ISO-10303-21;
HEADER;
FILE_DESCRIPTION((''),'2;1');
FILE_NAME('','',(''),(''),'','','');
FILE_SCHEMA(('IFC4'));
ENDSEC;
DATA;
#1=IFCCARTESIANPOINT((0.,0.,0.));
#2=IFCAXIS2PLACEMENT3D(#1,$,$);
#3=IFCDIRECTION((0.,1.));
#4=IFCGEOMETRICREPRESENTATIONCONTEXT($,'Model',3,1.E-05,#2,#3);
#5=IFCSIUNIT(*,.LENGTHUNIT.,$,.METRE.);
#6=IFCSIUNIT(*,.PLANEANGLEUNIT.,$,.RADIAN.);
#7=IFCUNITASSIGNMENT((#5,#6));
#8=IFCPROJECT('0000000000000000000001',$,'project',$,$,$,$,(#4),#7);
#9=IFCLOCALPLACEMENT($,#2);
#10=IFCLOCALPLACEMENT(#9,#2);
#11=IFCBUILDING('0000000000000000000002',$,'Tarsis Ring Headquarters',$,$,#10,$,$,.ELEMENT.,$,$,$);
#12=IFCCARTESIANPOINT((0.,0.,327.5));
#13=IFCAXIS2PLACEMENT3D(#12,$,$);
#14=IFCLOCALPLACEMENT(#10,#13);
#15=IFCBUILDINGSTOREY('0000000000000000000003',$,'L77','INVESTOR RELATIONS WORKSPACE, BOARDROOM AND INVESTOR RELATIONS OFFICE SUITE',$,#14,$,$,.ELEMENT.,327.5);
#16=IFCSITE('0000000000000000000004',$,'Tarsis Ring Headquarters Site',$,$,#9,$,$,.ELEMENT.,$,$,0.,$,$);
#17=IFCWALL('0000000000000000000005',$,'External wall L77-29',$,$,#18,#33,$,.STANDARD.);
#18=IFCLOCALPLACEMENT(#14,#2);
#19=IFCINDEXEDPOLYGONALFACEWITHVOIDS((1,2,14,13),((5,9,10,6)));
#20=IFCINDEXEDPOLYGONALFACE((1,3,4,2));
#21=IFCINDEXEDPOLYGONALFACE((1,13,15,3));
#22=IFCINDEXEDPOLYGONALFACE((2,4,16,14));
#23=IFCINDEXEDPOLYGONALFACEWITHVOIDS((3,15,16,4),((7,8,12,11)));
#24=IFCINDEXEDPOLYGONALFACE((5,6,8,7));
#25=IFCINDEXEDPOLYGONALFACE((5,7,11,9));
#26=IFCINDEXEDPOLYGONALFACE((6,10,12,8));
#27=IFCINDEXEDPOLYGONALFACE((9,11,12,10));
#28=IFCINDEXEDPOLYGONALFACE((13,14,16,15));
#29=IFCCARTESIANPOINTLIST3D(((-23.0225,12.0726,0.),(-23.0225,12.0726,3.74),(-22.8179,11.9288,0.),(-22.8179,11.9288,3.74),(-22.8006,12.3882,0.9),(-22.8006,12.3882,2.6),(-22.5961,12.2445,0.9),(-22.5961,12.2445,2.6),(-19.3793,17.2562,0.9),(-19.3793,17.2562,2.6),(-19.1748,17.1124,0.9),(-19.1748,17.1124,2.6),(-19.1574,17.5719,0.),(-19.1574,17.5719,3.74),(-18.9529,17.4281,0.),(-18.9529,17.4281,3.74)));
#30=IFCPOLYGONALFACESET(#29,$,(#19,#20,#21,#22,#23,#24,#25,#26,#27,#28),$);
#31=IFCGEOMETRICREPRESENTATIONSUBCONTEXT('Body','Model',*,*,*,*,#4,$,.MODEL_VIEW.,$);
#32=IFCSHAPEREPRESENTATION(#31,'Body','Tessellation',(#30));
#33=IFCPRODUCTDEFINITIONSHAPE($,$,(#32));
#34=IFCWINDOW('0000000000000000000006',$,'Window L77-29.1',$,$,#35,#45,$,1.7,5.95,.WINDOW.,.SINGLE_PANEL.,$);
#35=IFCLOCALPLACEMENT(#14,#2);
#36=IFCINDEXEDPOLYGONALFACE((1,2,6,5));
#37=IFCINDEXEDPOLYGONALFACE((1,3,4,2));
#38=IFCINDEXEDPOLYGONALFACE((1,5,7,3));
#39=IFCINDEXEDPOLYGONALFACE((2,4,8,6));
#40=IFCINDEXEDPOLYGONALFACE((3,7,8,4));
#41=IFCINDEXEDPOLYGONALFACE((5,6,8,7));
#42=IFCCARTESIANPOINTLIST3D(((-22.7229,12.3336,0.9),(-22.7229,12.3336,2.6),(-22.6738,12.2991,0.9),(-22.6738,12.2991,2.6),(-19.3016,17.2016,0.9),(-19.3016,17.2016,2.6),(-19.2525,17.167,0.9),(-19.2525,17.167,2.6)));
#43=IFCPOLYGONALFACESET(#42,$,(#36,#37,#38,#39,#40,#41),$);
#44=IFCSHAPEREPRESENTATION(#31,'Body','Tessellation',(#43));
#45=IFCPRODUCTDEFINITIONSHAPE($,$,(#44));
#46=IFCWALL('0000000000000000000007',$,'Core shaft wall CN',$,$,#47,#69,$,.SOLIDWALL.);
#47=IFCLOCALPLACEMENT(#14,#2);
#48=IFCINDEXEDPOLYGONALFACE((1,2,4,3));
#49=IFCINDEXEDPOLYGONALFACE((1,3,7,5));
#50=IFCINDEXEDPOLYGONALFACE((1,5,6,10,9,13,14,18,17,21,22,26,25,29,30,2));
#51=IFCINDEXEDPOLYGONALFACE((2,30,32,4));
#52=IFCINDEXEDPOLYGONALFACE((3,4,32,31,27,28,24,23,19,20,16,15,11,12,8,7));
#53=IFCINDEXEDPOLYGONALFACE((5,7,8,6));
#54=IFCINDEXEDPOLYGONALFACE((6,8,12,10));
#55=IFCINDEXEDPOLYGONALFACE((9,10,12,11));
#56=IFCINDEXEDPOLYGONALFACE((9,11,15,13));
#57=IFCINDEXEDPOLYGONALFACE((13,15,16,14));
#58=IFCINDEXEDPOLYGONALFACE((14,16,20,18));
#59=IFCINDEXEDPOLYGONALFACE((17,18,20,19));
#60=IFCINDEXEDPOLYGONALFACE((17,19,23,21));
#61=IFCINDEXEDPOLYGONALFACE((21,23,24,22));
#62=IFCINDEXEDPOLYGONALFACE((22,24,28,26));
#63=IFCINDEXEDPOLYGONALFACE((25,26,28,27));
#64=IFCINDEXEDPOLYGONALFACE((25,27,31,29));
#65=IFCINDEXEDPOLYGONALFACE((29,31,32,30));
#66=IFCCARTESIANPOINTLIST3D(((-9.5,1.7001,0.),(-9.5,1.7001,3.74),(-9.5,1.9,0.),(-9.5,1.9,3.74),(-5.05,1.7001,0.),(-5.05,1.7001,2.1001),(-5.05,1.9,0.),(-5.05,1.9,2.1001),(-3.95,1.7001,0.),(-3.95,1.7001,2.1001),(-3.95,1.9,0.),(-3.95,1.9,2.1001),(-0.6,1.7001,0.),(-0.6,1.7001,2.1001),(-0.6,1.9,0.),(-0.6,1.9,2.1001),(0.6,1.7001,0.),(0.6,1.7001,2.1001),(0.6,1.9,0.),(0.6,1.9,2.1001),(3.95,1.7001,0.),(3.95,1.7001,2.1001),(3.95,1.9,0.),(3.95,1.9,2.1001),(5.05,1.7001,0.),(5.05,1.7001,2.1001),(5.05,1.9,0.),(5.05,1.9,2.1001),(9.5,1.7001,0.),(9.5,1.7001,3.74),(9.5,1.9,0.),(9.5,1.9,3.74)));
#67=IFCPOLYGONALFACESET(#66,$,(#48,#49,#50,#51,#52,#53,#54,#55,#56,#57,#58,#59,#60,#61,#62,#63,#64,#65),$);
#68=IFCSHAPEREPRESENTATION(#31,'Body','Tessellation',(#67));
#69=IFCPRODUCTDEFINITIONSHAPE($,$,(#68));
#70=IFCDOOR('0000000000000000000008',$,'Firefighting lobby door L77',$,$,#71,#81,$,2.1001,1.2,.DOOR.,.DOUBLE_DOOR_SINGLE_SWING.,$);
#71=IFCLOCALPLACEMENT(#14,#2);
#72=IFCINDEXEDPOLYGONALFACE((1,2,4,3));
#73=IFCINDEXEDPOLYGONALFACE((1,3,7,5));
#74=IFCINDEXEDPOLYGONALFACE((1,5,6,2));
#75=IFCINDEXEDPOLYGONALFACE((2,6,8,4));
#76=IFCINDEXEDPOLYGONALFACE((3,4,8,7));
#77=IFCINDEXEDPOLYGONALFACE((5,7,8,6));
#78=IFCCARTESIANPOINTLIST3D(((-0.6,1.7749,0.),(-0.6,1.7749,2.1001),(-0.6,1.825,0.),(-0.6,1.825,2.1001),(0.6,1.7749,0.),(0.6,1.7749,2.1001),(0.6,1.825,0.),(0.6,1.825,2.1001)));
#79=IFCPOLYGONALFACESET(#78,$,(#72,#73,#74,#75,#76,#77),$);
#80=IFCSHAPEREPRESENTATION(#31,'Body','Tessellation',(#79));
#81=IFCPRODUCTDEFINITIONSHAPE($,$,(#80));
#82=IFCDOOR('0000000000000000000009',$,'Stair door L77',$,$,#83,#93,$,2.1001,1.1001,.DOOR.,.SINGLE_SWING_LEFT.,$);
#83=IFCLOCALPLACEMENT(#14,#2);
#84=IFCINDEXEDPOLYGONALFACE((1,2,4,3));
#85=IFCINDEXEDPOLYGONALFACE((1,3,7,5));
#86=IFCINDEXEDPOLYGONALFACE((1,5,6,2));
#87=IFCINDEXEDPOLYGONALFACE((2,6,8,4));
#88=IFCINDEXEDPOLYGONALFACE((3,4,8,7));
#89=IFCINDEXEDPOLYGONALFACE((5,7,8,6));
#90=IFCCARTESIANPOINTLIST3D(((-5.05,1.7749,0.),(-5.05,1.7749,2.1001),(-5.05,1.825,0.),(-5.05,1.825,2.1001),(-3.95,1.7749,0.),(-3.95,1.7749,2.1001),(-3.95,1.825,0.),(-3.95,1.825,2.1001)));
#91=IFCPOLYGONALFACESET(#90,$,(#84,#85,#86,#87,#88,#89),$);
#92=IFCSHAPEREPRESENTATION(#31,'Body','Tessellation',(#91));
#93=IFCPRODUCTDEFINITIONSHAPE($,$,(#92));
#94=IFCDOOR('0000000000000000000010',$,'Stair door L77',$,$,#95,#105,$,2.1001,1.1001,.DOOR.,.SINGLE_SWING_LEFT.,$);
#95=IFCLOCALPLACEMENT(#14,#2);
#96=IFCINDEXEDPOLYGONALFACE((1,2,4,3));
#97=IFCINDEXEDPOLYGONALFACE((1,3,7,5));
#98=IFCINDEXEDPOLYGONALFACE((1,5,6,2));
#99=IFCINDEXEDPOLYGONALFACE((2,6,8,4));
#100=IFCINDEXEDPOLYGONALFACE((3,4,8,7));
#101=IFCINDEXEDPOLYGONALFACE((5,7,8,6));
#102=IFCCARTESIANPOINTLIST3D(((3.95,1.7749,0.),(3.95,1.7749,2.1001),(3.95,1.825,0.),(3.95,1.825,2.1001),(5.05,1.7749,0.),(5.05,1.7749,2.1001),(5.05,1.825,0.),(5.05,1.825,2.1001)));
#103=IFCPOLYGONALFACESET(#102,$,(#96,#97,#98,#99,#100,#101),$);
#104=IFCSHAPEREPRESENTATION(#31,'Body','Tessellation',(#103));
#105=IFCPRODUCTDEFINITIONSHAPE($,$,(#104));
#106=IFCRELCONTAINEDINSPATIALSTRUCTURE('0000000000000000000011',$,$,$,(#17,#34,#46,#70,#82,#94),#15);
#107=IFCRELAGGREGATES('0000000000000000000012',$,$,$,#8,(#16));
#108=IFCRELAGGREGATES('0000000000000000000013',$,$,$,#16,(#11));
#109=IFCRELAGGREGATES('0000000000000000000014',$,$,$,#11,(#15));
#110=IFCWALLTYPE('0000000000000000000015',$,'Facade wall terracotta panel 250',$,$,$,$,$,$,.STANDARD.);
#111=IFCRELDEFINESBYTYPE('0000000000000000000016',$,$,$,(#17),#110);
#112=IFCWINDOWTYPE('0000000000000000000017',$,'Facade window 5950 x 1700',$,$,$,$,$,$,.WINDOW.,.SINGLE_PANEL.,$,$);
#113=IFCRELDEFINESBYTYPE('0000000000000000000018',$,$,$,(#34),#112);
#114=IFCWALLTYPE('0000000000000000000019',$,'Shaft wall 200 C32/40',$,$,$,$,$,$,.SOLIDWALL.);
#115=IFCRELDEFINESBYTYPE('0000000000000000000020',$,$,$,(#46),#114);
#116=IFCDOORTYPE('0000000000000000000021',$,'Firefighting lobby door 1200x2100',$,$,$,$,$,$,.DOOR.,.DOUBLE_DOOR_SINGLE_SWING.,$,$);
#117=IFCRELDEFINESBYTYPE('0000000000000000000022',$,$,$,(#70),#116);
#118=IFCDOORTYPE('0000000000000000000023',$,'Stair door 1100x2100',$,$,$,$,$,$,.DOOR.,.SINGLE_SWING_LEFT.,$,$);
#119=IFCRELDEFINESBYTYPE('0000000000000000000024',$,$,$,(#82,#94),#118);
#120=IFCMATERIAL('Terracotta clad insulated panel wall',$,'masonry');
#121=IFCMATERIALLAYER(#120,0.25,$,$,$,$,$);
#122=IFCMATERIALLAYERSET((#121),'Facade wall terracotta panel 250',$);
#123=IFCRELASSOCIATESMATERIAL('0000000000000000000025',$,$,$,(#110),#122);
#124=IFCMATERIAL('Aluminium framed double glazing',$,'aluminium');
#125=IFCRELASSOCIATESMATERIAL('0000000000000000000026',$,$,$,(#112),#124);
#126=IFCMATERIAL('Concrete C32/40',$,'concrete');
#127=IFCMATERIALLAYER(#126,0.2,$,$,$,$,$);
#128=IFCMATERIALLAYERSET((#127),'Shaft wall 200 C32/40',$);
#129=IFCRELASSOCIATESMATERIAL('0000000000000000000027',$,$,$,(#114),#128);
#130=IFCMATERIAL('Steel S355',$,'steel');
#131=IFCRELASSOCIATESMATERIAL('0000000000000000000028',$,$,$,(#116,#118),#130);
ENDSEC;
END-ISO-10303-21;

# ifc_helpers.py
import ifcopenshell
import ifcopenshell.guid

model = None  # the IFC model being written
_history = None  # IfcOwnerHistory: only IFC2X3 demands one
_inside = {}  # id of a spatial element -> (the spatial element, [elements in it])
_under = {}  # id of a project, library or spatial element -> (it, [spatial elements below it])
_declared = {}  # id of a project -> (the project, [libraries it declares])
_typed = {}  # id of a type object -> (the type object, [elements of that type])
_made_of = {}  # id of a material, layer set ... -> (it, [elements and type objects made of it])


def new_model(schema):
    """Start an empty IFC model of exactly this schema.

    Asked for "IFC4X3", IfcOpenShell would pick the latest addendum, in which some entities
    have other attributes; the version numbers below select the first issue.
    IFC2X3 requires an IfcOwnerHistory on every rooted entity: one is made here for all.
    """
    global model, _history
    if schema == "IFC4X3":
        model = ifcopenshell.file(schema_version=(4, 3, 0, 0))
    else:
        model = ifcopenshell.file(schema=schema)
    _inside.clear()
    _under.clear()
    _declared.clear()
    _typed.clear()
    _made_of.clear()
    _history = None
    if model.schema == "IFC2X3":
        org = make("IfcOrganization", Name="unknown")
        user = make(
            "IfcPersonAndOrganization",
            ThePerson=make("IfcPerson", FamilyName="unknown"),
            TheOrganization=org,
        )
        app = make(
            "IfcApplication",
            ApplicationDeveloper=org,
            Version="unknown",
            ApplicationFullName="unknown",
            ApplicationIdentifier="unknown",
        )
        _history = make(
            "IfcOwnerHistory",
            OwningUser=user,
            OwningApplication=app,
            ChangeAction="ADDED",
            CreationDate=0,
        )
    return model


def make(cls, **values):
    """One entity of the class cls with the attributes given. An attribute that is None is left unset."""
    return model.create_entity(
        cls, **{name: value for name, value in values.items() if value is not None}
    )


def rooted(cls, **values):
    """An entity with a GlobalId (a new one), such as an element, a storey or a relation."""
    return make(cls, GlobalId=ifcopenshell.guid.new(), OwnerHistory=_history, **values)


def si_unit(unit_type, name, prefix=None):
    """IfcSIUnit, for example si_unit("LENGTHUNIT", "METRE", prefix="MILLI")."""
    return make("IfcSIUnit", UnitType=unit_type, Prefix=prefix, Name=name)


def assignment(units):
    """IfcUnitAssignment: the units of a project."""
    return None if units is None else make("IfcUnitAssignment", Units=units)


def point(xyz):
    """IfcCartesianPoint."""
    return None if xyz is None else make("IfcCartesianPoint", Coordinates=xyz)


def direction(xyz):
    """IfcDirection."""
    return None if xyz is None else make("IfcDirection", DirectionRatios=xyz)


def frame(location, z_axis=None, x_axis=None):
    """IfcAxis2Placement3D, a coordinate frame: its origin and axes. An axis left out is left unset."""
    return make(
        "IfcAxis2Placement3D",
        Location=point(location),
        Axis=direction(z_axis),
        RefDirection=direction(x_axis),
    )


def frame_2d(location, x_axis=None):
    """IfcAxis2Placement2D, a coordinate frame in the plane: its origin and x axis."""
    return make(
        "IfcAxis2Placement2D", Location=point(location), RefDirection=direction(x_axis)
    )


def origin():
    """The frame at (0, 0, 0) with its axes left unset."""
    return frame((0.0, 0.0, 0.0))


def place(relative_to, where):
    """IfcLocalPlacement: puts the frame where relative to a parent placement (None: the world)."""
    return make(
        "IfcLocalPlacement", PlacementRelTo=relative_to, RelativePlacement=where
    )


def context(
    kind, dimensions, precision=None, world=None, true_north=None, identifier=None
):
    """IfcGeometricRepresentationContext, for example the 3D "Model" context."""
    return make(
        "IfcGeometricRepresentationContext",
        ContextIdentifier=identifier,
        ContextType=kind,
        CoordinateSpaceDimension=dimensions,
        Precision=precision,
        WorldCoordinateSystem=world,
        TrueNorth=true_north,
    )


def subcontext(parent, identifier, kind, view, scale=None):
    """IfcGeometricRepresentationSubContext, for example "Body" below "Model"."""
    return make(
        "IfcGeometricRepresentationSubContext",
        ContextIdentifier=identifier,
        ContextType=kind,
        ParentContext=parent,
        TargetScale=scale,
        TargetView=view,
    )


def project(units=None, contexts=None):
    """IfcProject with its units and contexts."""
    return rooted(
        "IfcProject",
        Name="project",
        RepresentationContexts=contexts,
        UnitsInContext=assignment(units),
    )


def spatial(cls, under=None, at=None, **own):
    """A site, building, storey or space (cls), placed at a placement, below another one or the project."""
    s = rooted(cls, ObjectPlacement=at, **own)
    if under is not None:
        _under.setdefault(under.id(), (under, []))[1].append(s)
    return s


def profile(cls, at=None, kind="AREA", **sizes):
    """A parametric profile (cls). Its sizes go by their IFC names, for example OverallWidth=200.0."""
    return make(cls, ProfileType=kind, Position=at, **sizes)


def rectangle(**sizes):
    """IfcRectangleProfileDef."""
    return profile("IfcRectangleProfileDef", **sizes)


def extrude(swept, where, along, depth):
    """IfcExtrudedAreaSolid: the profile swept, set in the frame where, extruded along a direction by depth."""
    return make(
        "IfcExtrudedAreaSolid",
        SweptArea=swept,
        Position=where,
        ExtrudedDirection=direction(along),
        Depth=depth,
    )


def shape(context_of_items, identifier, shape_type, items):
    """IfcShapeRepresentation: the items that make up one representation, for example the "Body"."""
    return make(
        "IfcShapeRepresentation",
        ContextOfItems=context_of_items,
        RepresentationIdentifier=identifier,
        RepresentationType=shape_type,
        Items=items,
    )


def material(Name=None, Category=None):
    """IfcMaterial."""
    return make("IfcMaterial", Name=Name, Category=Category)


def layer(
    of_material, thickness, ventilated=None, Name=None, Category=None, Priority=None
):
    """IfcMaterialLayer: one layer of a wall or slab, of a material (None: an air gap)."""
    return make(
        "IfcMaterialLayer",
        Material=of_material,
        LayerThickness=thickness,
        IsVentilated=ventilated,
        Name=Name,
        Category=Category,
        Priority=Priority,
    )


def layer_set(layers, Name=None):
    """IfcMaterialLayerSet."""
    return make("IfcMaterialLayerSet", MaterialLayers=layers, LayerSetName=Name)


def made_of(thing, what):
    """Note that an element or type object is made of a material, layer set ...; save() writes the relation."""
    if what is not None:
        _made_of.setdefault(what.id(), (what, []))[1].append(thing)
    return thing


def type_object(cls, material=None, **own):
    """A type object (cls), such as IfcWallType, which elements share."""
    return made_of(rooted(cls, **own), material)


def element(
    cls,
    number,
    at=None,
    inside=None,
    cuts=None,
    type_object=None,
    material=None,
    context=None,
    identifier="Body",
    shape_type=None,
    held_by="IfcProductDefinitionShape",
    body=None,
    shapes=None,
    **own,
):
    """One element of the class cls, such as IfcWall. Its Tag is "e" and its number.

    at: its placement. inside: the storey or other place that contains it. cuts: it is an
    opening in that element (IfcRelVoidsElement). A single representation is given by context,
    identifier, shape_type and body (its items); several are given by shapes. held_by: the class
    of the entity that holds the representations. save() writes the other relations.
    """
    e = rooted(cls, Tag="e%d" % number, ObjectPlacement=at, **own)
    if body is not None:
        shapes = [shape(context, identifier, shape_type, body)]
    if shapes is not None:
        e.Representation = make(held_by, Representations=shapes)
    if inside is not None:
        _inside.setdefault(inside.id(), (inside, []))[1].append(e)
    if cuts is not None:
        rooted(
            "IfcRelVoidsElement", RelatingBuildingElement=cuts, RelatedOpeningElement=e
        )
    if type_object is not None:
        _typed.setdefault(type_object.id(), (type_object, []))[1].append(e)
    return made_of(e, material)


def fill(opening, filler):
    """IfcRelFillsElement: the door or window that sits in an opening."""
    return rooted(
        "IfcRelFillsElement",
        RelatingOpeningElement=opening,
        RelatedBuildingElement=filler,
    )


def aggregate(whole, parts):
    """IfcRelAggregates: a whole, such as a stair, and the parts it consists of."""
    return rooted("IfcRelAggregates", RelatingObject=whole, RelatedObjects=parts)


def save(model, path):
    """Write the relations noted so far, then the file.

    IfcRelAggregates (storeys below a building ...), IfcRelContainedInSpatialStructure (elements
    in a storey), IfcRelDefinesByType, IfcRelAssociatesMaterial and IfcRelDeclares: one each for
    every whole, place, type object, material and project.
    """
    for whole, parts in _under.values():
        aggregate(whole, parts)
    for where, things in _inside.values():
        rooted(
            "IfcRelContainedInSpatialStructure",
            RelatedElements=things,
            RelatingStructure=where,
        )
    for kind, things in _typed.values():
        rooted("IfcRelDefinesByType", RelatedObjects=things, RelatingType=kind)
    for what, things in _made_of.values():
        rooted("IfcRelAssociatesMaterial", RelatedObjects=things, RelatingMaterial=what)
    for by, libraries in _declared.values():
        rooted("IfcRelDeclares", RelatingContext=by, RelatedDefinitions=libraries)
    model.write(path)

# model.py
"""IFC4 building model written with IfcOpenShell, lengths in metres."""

from ifc_helpers import new_model, si_unit, direction, frame, frame_2d, origin, place, context, subcontext, project, spatial, rectangle, extrude, material, layer, layer_set, type_object, element, fill, save


model = new_model("IFC4")

# Units and contexts
model_context = context("Model", 3, precision=1e-05, world=origin(), true_north=direction((0.0, 1.0)))
body_context = subcontext(model_context, "Body", "Model", "MODEL_VIEW")
ifc_project = project(units=[si_unit("LENGTHUNIT", "METRE"), si_unit("PLANEANGLEUNIT", "RADIAN")], contexts=[model_context])

# Site, building, storey
site_placement = place(None, origin())
site = spatial("IfcSite", under=ifc_project, at=site_placement, Name="Tarsis Ring Headquarters Site", CompositionType="ELEMENT", RefElevation=0.0)
building_placement = place(site_placement, origin())
building = spatial("IfcBuilding", under=site, at=building_placement, Name="Tarsis Ring Headquarters", CompositionType="ELEMENT")
storey_placement = place(building_placement, frame((0.0, 0.0, 327.5)))
storey = spatial("IfcBuildingStorey", under=building, at=storey_placement, Name="L77", Description="INVESTOR RELATIONS WORKSPACE, BOARDROOM AND INVESTOR RELATIONS OFFICE SUITE", CompositionType="ELEMENT", Elevation=327.5)

# Shared definitions
ifc_material_1 = material(Name="Steel S355", Category="steel")

# Wall, opening, window
ifc_material_2 = material(Name="Terracotta clad insulated panel wall", Category="masonry")
ifc_layer_1 = layer(ifc_material_2, 0.25)
ifc_layer_set_1 = layer_set([ifc_layer_1], Name="Facade wall terracotta panel 250")
wall_type_1 = type_object("IfcWallType", Name="Facade wall terracotta panel 250", PredefinedType="STANDARD", material=ifc_layer_set_1)
wall_1_placement = place(storey_placement, frame((-19.0552, 17.5, 0.0), z_axis=(0.0, 0.0, 1.0), x_axis=(-0.575009, -0.818147, 0.0)))
wall_1 = element("IfcWall", 1, at=wall_1_placement, inside=storey, type_object=wall_type_1, Name="External wall L77-29", PredefinedType="STANDARD", context=body_context, shape_type="SweptSolid", body=[
    extrude(rectangle(XDim=6.7217, YDim=0.25, at=frame_2d((3.3608, 0.0))), origin(), (0.0, 0.0, 1.0), 3.74),
])
opening_1_placement = place(wall_1_placement, frame((0.3857, 0.0, 0.8999)))
opening_1 = element("IfcOpeningElement", 2, at=opening_1_placement, cuts=wall_1, PredefinedType="OPENING", context=body_context, shape_type="SweptSolid", body=[
    extrude(rectangle(XDim=5.95, YDim=1.7, at=frame_2d((2.9751, 0.8501))), frame((0.0, 0.135, 0.0), z_axis=(0.0, -1.0, 0.0), x_axis=(1.0, 0.0, 0.0)), (0.0, 0.0, 1.0), 0.27),
])
ifc_material_3 = material(Name="Aluminium framed double glazing", Category="aluminium")
window_type = type_object("IfcWindowType", Name="Facade window 5950 x 1700", PartitioningType="SINGLE_PANEL", PredefinedType="WINDOW", material=ifc_material_3)
window_placement = place(opening_1_placement, origin())
window = element("IfcWindow", 3, at=window_placement, inside=storey, type_object=window_type, Name="Window L77-29.1", OverallHeight=1.7, OverallWidth=5.95, PartitioningType="SINGLE_PANEL", PredefinedType="WINDOW", context=body_context, shape_type="SweptSolid", body=[
    extrude(rectangle(XDim=5.95, YDim=1.7, at=frame_2d((2.9751, 0.8501))), frame((0.0, 0.03, 0.0), z_axis=(0.0, -1.0, 0.0), x_axis=(1.0, 0.0, 0.0)), (0.0, 0.0, 1.0), 0.0601),
])
fill(opening_1, window)

# Wall, openings, doors
ifc_material_4 = material(Name="Concrete C32/40", Category="concrete")
ifc_layer_2 = layer(ifc_material_4, 0.2)
ifc_layer_set_2 = layer_set([ifc_layer_2], Name="Shaft wall 200 C32/40")
wall_type_2 = type_object("IfcWallType", Name="Shaft wall 200 C32/40", PredefinedType="SOLIDWALL", material=ifc_layer_set_2)
wall_2_placement = place(storey_placement, frame((-9.5, 1.8, 0.0), z_axis=(0.0, 0.0, 1.0), x_axis=(1.0, 0.0, 0.0)))
wall_2 = element("IfcWall", 4, at=wall_2_placement, inside=storey, type_object=wall_type_2, Name="Core shaft wall CN", PredefinedType="SOLIDWALL", context=body_context, shape_type="SweptSolid", body=[
    extrude(rectangle(XDim=19.0, YDim=0.2, at=frame_2d((9.5, 0.0))), origin(), (0.0, 0.0, 1.0), 3.74),
])
opening_2_placement = place(wall_2_placement, frame((4.45, 0.0, 0.0)))
opening_2 = element("IfcOpeningElement", 5, at=opening_2_placement, cuts=wall_2, PredefinedType="OPENING", context=body_context, shape_type="SweptSolid", body=[
    extrude(rectangle(XDim=1.1001, YDim=2.1001, at=frame_2d((0.55, 1.05))), frame((0.0, 0.1099, 0.0), z_axis=(0.0, -1.0, 0.0), x_axis=(1.0, 0.0, 0.0)), (0.0, 0.0, 1.0), 0.22),
])
opening_3_placement = place(wall_2_placement, frame((8.8999, 0.0, 0.0)))
opening_3 = element("IfcOpeningElement", 6, at=opening_3_placement, cuts=wall_2, PredefinedType="OPENING", context=body_context, shape_type="SweptSolid", body=[
    extrude(rectangle(XDim=1.2, YDim=2.1001, at=frame_2d((0.6001, 1.05))), frame((0.0, 0.1099, 0.0), z_axis=(0.0, -1.0, 0.0), x_axis=(1.0, 0.0, 0.0)), (0.0, 0.0, 1.0), 0.22),
])
opening_4_placement = place(wall_2_placement, frame((13.45, 0.0, 0.0)))
opening_4 = element("IfcOpeningElement", 7, at=opening_4_placement, cuts=wall_2, PredefinedType="OPENING", context=body_context, shape_type="SweptSolid", body=[
    extrude(rectangle(XDim=1.1001, YDim=2.1001, at=frame_2d((0.55, 1.05))), frame((0.0, 0.1099, 0.0), z_axis=(0.0, -1.0, 0.0), x_axis=(1.0, 0.0, 0.0)), (0.0, 0.0, 1.0), 0.22),
])
door_type_1 = type_object("IfcDoorType", Name="Firefighting lobby door 1200x2100", OperationType="DOUBLE_DOOR_SINGLE_SWING", PredefinedType="DOOR", material=ifc_material_1)
door_1_placement = place(opening_3_placement, origin())
door_1 = element("IfcDoor", 8, at=door_1_placement, inside=storey, type_object=door_type_1, Name="Firefighting lobby door L77", OperationType="DOUBLE_DOOR_SINGLE_SWING", OverallHeight=2.1001, OverallWidth=1.2, PredefinedType="DOOR", context=body_context, shape_type="SweptSolid", body=[
    extrude(rectangle(XDim=1.2, YDim=2.1001, at=frame_2d((0.6001, 1.05))), frame((0.0, 0.0249, 0.0), z_axis=(0.0, -1.0, 0.0), x_axis=(1.0, 0.0, 0.0)), (0.0, 0.0, 1.0), 0.05),
])
fill(opening_3, door_1)
door_type_2 = type_object("IfcDoorType", Name="Stair door 1100x2100", OperationType="SINGLE_SWING_LEFT", PredefinedType="DOOR", material=ifc_material_1)
door_2_placement = place(opening_2_placement, origin())
door_2 = element("IfcDoor", 9, at=door_2_placement, inside=storey, type_object=door_type_2, Name="Stair door L77", OperationType="SINGLE_SWING_LEFT", OverallHeight=2.1001, OverallWidth=1.1001, PredefinedType="DOOR", context=body_context, shape_type="SweptSolid", body=[
    extrude(rectangle(XDim=1.1001, YDim=2.1001, at=frame_2d((0.55, 1.05))), frame((0.0, 0.0249, 0.0), z_axis=(0.0, -1.0, 0.0), x_axis=(1.0, 0.0, 0.0)), (0.0, 0.0, 1.0), 0.05),
])
fill(opening_2, door_2)
door_3_placement = place(opening_4_placement, origin())
door_3 = element("IfcDoor", 10, at=door_3_placement, inside=storey, type_object=door_type_2, Name="Stair door L77", OperationType="SINGLE_SWING_LEFT", OverallHeight=2.1001, OverallWidth=1.1001, PredefinedType="DOOR", context=body_context, shape_type="SweptSolid", body=[
    extrude(rectangle(XDim=1.1001, YDim=2.1001, at=frame_2d((0.55, 1.05))), frame((0.0, 0.0249, 0.0), z_axis=(0.0, -1.0, 0.0), x_axis=(1.0, 0.0, 0.0)), (0.0, 0.0, 1.0), 0.05),
])
fill(opening_4, door_3)

save(model, "model.ifc")
